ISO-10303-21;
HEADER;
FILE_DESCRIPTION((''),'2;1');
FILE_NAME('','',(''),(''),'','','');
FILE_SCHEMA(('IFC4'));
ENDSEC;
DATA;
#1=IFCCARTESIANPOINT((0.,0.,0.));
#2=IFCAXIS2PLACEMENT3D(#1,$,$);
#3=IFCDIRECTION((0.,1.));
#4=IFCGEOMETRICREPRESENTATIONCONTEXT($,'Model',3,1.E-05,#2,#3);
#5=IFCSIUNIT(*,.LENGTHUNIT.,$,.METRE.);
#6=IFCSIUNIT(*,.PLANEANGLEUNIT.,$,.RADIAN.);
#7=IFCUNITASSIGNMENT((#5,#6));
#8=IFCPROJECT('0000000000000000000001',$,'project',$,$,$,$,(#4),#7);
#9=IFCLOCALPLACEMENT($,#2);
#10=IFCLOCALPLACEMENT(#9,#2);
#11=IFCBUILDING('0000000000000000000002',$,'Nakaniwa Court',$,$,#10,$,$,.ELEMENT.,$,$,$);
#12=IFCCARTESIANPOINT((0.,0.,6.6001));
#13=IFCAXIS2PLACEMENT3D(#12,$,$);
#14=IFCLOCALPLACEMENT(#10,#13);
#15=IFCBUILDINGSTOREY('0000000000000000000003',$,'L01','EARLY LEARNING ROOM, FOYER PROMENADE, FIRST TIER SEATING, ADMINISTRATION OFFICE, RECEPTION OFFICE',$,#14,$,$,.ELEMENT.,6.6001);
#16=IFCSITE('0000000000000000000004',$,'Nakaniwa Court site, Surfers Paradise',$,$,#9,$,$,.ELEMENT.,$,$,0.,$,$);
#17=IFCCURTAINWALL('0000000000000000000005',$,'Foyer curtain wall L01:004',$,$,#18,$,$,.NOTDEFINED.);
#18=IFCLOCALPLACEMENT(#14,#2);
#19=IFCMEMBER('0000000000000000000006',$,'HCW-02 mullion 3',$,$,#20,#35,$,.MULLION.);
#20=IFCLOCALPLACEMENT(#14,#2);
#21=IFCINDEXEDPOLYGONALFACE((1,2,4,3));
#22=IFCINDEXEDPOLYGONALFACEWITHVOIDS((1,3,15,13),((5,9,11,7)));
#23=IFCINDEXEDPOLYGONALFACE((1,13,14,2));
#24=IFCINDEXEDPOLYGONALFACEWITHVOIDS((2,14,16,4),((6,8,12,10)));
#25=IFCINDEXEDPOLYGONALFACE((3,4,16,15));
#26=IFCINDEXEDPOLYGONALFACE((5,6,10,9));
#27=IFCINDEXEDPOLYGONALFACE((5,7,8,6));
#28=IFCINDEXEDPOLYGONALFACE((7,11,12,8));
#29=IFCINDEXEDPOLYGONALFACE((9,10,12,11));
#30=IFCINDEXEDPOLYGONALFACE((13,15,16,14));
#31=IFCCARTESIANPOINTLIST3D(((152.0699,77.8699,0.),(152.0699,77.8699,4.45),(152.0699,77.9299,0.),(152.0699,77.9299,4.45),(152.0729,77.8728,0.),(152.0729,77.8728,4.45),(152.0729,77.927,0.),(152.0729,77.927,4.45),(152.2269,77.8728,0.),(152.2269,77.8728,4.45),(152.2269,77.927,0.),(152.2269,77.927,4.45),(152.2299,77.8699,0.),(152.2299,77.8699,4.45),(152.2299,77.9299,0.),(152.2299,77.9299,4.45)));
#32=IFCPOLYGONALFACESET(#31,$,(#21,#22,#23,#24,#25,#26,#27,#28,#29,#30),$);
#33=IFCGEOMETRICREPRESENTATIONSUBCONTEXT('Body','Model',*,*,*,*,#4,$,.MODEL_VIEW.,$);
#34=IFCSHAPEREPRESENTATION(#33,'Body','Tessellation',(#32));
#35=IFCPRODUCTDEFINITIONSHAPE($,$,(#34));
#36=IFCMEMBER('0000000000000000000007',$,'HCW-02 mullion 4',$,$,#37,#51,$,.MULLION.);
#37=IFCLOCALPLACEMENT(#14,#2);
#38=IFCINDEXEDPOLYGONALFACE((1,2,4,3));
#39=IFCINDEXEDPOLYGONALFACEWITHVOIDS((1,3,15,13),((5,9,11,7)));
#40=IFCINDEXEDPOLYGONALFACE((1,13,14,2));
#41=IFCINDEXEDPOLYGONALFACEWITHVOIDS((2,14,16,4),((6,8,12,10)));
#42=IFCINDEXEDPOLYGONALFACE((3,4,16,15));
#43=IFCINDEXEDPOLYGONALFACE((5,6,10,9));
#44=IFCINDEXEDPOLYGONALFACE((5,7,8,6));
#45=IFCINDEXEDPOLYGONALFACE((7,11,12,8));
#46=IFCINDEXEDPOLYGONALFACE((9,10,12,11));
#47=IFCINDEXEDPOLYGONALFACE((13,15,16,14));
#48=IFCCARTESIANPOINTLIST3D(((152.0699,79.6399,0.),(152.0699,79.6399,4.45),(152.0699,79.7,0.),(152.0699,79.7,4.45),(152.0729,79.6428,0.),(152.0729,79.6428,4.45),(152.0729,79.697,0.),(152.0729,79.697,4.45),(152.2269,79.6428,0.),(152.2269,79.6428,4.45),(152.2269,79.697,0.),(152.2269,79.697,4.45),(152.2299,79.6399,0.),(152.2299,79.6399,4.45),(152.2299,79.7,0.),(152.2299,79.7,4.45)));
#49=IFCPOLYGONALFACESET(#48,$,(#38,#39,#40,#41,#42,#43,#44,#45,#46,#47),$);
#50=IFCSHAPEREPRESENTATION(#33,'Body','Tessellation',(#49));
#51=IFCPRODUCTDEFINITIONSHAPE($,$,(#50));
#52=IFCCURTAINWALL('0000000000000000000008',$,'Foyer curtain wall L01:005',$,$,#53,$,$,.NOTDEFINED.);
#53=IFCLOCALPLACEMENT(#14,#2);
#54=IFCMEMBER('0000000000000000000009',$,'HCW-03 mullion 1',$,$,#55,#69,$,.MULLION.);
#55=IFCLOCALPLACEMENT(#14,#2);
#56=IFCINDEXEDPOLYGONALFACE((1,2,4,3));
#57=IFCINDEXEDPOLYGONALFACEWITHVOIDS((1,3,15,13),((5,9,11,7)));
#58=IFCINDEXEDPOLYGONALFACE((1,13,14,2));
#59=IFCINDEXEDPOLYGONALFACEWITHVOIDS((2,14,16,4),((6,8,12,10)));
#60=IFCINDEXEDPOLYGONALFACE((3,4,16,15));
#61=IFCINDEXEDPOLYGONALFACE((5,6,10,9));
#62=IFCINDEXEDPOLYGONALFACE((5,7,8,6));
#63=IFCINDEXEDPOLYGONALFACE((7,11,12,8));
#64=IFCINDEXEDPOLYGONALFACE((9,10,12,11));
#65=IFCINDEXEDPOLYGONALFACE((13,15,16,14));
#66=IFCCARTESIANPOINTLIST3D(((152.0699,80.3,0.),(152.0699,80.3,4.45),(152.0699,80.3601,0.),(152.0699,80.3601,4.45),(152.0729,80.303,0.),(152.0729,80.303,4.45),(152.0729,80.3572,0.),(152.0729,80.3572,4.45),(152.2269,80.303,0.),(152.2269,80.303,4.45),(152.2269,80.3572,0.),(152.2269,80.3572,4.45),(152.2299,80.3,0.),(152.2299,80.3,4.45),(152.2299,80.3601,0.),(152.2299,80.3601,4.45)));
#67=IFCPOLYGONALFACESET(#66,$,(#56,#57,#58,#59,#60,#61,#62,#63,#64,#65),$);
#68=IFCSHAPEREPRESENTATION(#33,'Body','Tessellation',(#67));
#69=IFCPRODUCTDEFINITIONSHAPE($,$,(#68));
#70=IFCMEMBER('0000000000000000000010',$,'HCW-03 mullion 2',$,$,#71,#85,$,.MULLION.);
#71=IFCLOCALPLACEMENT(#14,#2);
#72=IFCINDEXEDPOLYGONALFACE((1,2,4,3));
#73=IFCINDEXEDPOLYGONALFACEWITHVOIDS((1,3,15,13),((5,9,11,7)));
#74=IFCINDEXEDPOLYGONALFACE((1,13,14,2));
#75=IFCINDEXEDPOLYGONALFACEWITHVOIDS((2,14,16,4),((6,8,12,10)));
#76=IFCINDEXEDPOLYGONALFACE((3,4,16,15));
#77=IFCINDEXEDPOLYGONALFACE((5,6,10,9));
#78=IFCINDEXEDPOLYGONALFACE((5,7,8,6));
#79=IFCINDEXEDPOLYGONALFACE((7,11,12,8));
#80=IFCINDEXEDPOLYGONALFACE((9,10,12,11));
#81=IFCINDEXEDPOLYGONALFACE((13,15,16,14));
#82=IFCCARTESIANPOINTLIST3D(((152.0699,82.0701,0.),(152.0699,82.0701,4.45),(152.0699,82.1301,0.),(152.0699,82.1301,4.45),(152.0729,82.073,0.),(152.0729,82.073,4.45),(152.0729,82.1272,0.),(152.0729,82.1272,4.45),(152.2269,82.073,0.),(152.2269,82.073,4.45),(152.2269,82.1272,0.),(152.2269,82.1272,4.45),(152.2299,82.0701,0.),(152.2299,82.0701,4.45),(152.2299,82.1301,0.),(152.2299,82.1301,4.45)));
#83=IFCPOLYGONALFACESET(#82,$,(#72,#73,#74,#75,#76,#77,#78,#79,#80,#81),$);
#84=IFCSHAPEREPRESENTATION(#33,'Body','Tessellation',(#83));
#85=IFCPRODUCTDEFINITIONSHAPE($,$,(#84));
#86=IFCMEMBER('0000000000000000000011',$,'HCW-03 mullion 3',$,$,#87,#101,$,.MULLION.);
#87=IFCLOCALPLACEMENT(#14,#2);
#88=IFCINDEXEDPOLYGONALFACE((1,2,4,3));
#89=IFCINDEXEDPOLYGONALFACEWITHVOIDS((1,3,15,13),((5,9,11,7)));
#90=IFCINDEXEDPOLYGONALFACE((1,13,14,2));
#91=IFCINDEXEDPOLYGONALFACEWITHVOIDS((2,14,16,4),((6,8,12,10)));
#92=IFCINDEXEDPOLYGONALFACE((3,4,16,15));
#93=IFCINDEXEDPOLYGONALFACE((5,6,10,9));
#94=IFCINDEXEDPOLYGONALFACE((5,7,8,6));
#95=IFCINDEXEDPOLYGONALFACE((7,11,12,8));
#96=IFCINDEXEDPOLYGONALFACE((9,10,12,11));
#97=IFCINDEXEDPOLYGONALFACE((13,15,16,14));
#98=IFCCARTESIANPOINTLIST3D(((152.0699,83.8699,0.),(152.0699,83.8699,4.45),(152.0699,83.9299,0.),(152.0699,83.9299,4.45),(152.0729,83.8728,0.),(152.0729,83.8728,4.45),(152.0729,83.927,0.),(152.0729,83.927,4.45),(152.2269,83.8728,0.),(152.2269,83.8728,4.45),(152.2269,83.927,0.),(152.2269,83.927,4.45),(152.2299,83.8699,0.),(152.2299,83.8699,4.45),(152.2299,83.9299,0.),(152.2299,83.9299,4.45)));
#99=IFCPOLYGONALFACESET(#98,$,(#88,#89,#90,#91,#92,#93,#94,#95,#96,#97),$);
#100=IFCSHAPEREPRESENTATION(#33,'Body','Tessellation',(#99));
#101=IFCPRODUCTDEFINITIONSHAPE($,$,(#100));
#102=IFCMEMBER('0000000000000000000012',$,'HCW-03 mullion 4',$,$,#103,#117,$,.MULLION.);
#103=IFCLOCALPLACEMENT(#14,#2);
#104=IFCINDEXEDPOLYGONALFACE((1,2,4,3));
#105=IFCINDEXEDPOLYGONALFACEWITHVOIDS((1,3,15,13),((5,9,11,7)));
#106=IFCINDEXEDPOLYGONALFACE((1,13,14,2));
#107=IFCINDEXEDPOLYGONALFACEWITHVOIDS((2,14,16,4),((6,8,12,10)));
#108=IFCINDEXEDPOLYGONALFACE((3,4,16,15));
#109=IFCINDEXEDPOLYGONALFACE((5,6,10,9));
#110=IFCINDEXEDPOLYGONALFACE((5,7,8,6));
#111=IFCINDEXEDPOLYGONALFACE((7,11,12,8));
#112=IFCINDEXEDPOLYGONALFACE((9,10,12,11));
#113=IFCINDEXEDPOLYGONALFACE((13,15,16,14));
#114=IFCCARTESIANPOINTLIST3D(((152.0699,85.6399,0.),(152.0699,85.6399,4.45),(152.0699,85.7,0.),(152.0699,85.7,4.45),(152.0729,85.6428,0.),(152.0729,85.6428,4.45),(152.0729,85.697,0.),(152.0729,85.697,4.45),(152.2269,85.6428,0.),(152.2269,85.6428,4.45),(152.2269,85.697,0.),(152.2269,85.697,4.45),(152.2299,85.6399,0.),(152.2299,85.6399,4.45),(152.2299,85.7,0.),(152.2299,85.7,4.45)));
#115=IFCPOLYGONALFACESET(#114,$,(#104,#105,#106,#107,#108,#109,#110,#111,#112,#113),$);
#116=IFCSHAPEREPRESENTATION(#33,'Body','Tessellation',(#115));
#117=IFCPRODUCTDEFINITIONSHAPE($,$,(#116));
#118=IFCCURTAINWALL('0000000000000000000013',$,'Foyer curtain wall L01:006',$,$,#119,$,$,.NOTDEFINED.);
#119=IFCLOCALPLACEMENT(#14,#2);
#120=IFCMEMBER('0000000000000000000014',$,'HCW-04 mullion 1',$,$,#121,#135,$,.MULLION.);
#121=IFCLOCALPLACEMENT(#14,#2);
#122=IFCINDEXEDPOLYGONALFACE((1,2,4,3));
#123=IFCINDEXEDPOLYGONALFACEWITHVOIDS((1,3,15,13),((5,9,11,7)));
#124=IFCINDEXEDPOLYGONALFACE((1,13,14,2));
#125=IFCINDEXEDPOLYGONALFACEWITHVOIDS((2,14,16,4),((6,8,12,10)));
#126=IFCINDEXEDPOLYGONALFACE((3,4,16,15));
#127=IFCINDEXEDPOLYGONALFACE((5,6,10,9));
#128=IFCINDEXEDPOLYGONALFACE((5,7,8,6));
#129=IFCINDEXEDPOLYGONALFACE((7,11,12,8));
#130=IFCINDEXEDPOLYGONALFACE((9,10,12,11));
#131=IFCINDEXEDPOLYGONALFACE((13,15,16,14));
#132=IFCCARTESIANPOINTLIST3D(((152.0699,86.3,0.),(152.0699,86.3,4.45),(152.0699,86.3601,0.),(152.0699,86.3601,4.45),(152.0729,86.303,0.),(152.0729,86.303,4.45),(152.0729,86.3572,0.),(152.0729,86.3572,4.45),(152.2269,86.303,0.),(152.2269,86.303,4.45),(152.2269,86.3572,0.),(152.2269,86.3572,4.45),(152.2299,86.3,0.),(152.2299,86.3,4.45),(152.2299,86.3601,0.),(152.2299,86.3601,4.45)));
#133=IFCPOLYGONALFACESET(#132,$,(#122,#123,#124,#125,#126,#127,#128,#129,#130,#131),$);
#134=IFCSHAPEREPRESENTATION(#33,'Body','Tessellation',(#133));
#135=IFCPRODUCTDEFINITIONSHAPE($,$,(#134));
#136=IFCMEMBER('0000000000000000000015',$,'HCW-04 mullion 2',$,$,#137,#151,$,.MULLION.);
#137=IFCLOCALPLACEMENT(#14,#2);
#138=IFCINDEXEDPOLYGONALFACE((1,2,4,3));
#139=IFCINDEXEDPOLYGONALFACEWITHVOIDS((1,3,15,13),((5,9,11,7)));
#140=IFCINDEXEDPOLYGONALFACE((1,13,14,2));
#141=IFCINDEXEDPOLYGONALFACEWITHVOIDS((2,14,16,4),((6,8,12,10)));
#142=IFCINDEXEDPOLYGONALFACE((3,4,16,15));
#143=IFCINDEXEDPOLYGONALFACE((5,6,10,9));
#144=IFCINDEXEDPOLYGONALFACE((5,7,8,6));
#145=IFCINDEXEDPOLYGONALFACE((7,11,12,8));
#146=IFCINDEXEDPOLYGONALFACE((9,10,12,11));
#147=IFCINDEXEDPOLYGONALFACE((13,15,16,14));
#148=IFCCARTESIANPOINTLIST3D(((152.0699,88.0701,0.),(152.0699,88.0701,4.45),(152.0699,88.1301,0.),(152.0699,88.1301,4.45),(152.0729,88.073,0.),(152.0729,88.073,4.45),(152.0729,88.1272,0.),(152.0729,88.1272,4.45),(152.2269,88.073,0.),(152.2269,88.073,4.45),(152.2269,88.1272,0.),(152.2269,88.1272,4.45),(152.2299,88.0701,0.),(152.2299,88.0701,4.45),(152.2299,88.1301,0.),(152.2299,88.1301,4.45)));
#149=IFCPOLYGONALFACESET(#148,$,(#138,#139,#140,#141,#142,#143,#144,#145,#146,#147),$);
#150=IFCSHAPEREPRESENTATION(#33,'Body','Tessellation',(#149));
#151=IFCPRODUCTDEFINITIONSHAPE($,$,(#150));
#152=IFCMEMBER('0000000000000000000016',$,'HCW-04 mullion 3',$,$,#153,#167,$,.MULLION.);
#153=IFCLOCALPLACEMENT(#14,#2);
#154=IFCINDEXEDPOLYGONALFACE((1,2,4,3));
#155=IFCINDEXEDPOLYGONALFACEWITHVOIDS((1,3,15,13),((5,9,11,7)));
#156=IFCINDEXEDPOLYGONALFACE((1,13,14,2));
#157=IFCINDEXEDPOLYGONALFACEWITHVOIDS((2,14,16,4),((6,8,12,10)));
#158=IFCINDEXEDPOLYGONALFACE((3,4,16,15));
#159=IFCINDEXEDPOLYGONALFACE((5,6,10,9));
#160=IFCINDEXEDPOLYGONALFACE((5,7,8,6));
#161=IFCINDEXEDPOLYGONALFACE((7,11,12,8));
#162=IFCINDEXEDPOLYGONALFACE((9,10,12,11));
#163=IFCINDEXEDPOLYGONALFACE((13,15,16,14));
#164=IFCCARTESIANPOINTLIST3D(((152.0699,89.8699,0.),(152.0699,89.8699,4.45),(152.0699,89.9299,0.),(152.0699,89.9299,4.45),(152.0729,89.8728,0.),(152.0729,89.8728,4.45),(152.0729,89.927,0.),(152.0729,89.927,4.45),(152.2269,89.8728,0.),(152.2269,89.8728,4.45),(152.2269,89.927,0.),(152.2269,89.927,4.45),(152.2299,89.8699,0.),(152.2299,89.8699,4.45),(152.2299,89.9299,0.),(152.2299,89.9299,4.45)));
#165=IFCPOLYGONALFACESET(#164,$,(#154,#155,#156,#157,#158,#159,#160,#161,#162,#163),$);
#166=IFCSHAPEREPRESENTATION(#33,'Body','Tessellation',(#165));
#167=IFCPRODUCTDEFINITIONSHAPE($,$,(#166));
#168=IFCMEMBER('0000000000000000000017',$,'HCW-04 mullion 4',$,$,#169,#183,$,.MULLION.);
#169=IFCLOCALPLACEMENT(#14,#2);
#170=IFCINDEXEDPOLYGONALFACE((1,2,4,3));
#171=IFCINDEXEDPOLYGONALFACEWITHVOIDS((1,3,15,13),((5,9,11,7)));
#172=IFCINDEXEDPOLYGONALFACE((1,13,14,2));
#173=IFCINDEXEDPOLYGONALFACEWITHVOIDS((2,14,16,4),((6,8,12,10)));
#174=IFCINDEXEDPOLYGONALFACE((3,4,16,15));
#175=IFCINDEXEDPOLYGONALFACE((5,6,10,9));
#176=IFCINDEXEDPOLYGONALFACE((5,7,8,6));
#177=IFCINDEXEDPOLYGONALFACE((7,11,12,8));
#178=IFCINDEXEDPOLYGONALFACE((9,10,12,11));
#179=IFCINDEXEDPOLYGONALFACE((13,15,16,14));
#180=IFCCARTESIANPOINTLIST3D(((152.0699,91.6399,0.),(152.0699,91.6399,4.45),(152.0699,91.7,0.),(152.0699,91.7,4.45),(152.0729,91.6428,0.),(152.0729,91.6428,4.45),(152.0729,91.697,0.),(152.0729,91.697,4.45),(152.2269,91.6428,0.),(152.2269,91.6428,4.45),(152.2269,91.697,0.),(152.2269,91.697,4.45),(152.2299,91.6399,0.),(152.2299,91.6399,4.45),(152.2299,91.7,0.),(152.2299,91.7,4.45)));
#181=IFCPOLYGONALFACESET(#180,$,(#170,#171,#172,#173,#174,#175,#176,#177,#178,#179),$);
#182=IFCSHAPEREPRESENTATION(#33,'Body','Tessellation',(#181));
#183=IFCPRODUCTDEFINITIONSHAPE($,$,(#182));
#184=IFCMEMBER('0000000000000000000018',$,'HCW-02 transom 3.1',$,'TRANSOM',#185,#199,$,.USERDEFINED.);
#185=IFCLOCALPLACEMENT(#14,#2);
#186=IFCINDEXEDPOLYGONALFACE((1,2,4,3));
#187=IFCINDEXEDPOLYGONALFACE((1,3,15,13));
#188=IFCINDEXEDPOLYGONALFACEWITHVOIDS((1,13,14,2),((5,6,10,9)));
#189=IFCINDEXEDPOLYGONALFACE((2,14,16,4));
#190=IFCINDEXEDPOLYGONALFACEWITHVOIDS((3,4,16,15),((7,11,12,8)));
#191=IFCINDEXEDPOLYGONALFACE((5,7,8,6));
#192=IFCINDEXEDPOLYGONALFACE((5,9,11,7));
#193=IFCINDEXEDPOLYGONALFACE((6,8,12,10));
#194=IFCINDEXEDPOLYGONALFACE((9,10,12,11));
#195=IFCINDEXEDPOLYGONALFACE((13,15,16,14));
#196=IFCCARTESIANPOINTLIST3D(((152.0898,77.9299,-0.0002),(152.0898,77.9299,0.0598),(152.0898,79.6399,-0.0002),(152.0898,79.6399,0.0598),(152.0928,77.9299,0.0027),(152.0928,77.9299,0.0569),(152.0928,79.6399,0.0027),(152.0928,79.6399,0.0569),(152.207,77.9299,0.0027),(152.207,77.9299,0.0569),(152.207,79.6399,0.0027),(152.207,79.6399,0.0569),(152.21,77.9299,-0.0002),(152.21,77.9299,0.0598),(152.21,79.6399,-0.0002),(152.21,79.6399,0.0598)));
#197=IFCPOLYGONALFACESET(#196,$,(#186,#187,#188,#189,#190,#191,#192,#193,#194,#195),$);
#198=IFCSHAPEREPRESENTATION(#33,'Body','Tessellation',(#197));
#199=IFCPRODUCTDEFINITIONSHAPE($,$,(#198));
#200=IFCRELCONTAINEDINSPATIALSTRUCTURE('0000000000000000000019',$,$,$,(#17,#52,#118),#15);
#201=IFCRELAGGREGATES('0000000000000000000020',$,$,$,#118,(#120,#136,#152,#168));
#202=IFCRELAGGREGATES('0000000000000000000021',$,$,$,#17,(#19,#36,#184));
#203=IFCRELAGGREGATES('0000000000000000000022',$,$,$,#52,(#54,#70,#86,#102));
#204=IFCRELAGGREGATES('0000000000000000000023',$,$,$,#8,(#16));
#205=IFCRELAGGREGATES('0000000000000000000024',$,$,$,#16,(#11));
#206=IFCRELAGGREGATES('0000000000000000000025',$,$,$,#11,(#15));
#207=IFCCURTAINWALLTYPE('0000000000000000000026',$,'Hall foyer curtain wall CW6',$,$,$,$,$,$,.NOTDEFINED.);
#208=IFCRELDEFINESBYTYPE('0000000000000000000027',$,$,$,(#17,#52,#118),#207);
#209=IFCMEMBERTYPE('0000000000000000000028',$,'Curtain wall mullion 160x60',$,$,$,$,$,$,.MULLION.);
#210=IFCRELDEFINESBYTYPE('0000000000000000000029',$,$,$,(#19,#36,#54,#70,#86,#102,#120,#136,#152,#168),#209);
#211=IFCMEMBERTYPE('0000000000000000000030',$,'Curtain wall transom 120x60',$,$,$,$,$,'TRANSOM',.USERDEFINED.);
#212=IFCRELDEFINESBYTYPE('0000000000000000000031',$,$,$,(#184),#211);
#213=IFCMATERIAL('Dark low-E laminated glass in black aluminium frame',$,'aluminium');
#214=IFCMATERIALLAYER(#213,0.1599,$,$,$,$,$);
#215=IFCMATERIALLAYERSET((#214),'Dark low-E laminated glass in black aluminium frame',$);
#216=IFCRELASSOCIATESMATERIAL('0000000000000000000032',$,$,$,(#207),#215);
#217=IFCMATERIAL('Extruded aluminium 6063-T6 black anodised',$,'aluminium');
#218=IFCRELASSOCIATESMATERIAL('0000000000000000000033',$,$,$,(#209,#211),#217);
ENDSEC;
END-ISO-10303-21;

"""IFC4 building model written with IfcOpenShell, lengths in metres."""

from ifc_helpers import new_model, si_unit, direction, frame, origin, origin_2d, place, context, subcontext, project, spatial, hollow_rectangle, extrude, material, layer, layer_set, material_profile, profile_set, type_object, element, aggregate, save


model = new_model("IFC4")

# Units and contexts
model_context = context("Model", 3, precision=1e-05, world=origin(), true_north=direction((0.0, 1.0)))
body_context = subcontext(model_context, "Body", "Model", "MODEL_VIEW")
ifc_project = project(units=[si_unit("LENGTHUNIT", "METRE"), si_unit("PLANEANGLEUNIT", "RADIAN")], contexts=[model_context])

# Site, building, storey
site_placement = place(None, origin())
site = spatial("IfcSite", under=ifc_project, at=site_placement, Name="Nakaniwa Court site, Surfers Paradise", CompositionType="ELEMENT", RefElevation=0.0)
building_placement = place(site_placement, origin())
building = spatial("IfcBuilding", under=site, at=building_placement, Name="Nakaniwa Court", CompositionType="ELEMENT")
storey_placement = place(building_placement, frame((0.0, 0.0, 6.6001)))
storey = spatial("IfcBuildingStorey", under=building, at=storey_placement, Name="L01", Description="EARLY LEARNING ROOM, FOYER PROMENADE, FIRST TIER SEATING, ADMINISTRATION OFFICE, RECEPTION OFFICE", CompositionType="ELEMENT", Elevation=6.6001)

# Curtain walls, members
ifc_material_1 = material(Name="Dark low-E laminated glass in black aluminium frame", Category="aluminium")
ifc_layer_1 = layer(ifc_material_1, 0.1599)
ifc_layer_set_1 = layer_set([ifc_layer_1], Name="Dark low-E laminated glass in black aluminium frame")
curtain_wall_type = type_object("IfcCurtainWallType", Name="Hall foyer curtain wall CW6", PredefinedType="NOTDEFINED", material=ifc_layer_set_1)
curtain_wall_1_placement = place(storey_placement, origin())
curtain_wall_1 = element("IfcCurtainWall", 1, at=curtain_wall_1_placement, inside=storey, type_object=curtain_wall_type, Name="Foyer curtain wall L01:004", PredefinedType="NOTDEFINED")
ifc_material_2 = material(Name="Extruded aluminium 6063-T6 black anodised", Category="aluminium")
ifc_material_profile_1 = material_profile(ifc_material_2, hollow_rectangle(XDim=0.1599, YDim=0.0601, WallThickness=0.0029, at=origin_2d()), Name="CW mullion 160x60")
ifc_profile_set_1 = profile_set([ifc_material_profile_1], Name="Extruded aluminium 6063-T6 black anodised")
member_type_1 = type_object("IfcMemberType", Name="Curtain wall mullion 160x60", PredefinedType="MULLION", material=ifc_profile_set_1)
member_1_placement = place(storey_placement, frame((152.1499, 77.8999, 0.0), z_axis=(0.0, 0.0, 1.0), x_axis=(-1.0, 0.0, 0.0)))
member_1 = element("IfcMember", 2, at=member_1_placement, type_object=member_type_1, Name="HCW-02 mullion 3", PredefinedType="MULLION", context=body_context, shape_type="SweptSolid", body=[
    extrude(hollow_rectangle(XDim=0.1599, YDim=0.0601, WallThickness=0.0029, at=origin_2d()), origin(), (0.0, 0.0, 1.0), 4.45),
])
member_2_placement = place(storey_placement, frame((152.1499, 79.6699, 0.0), z_axis=(0.0, 0.0, 1.0), x_axis=(-1.0, 0.0, 0.0)))
member_2 = element("IfcMember", 3, at=member_2_placement, type_object=member_type_1, Name="HCW-02 mullion 4", PredefinedType="MULLION", context=body_context, shape_type="SweptSolid", body=[
    extrude(hollow_rectangle(XDim=0.1599, YDim=0.0601, WallThickness=0.0029, at=origin_2d()), origin(), (0.0, 0.0, 1.0), 4.45),
])
curtain_wall_2_placement = place(storey_placement, origin())
curtain_wall_2 = element("IfcCurtainWall", 4, at=curtain_wall_2_placement, inside=storey, type_object=curtain_wall_type, Name="Foyer curtain wall L01:005", PredefinedType="NOTDEFINED")
member_3_placement = place(storey_placement, frame((152.1499, 80.3301, 0.0), z_axis=(0.0, 0.0, 1.0), x_axis=(-1.0, 0.0, 0.0)))
member_3 = element("IfcMember", 5, at=member_3_placement, type_object=member_type_1, Name="HCW-03 mullion 1", PredefinedType="MULLION", context=body_context, shape_type="SweptSolid", body=[
    extrude(hollow_rectangle(XDim=0.1599, YDim=0.0601, WallThickness=0.0029, at=origin_2d()), origin(), (0.0, 0.0, 1.0), 4.45),
])
member_4_placement = place(storey_placement, frame((152.1499, 82.1001, 0.0), z_axis=(0.0, 0.0, 1.0), x_axis=(-1.0, 0.0, 0.0)))
member_4 = element("IfcMember", 6, at=member_4_placement, type_object=member_type_1, Name="HCW-03 mullion 2", PredefinedType="MULLION", context=body_context, shape_type="SweptSolid", body=[
    extrude(hollow_rectangle(XDim=0.1599, YDim=0.0601, WallThickness=0.0029, at=origin_2d()), origin(), (0.0, 0.0, 1.0), 4.45),
])
member_5_placement = place(storey_placement, frame((152.1499, 83.8999, 0.0), z_axis=(0.0, 0.0, 1.0), x_axis=(-1.0, 0.0, 0.0)))
member_5 = element("IfcMember", 7, at=member_5_placement, type_object=member_type_1, Name="HCW-03 mullion 3", PredefinedType="MULLION", context=body_context, shape_type="SweptSolid", body=[
    extrude(hollow_rectangle(XDim=0.1599, YDim=0.0601, WallThickness=0.0029, at=origin_2d()), origin(), (0.0, 0.0, 1.0), 4.45),
])
member_6_placement = place(storey_placement, frame((152.1499, 85.6699, 0.0), z_axis=(0.0, 0.0, 1.0), x_axis=(-1.0, 0.0, 0.0)))
member_6 = element("IfcMember", 8, at=member_6_placement, type_object=member_type_1, Name="HCW-03 mullion 4", PredefinedType="MULLION", context=body_context, shape_type="SweptSolid", body=[
    extrude(hollow_rectangle(XDim=0.1599, YDim=0.0601, WallThickness=0.0029, at=origin_2d()), origin(), (0.0, 0.0, 1.0), 4.45),
])
curtain_wall_3_placement = place(storey_placement, origin())
curtain_wall_3 = element("IfcCurtainWall", 9, at=curtain_wall_3_placement, inside=storey, type_object=curtain_wall_type, Name="Foyer curtain wall L01:006", PredefinedType="NOTDEFINED")
member_7_placement = place(storey_placement, frame((152.1499, 86.3301, 0.0), z_axis=(0.0, 0.0, 1.0), x_axis=(-1.0, 0.0, 0.0)))
member_7 = element("IfcMember", 10, at=member_7_placement, type_object=member_type_1, Name="HCW-04 mullion 1", PredefinedType="MULLION", context=body_context, shape_type="SweptSolid", body=[
    extrude(hollow_rectangle(XDim=0.1599, YDim=0.0601, WallThickness=0.0029, at=origin_2d()), origin(), (0.0, 0.0, 1.0), 4.45),
])
member_8_placement = place(storey_placement, frame((152.1499, 88.1001, 0.0), z_axis=(0.0, 0.0, 1.0), x_axis=(-1.0, 0.0, 0.0)))
member_8 = element("IfcMember", 11, at=member_8_placement, type_object=member_type_1, Name="HCW-04 mullion 2", PredefinedType="MULLION", context=body_context, shape_type="SweptSolid", body=[
    extrude(hollow_rectangle(XDim=0.1599, YDim=0.0601, WallThickness=0.0029, at=origin_2d()), origin(), (0.0, 0.0, 1.0), 4.45),
])
member_9_placement = place(storey_placement, frame((152.1499, 89.8999, 0.0), z_axis=(0.0, 0.0, 1.0), x_axis=(-1.0, 0.0, 0.0)))
member_9 = element("IfcMember", 12, at=member_9_placement, type_object=member_type_1, Name="HCW-04 mullion 3", PredefinedType="MULLION", context=body_context, shape_type="SweptSolid", body=[
    extrude(hollow_rectangle(XDim=0.1599, YDim=0.0601, WallThickness=0.0029, at=origin_2d()), origin(), (0.0, 0.0, 1.0), 4.45),
])
member_10_placement = place(storey_placement, frame((152.1499, 91.6699, 0.0), z_axis=(0.0, 0.0, 1.0), x_axis=(-1.0, 0.0, 0.0)))
member_10 = element("IfcMember", 13, at=member_10_placement, type_object=member_type_1, Name="HCW-04 mullion 4", PredefinedType="MULLION", context=body_context, shape_type="SweptSolid", body=[
    extrude(hollow_rectangle(XDim=0.1599, YDim=0.0601, WallThickness=0.0029, at=origin_2d()), origin(), (0.0, 0.0, 1.0), 4.45),
])
aggregate(curtain_wall_3, [member_7, member_8, member_9, member_10])

# Member
ifc_material_profile_2 = material_profile(ifc_material_2, hollow_rectangle(XDim=0.1201, YDim=0.0601, WallThickness=0.0029, at=origin_2d()), Name="CW transom 120x60")
ifc_profile_set_2 = profile_set([ifc_material_profile_2], Name="Extruded aluminium 6063-T6 black anodised")
member_type_2 = type_object("IfcMemberType", Name="Curtain wall transom 120x60", ElementType="TRANSOM", PredefinedType="USERDEFINED", material=ifc_profile_set_2)
member_11_placement = place(storey_placement, frame((152.1499, 77.9299, 0.0298), z_axis=(0.0, 1.0, 0.0), x_axis=(-1.0, 0.0, 0.0)))
member_11 = element("IfcMember", 14, at=member_11_placement, type_object=member_type_2, Name="HCW-02 transom 3.1", ObjectType="TRANSOM", PredefinedType="USERDEFINED", context=body_context, shape_type="SweptSolid", body=[
    extrude(hollow_rectangle(XDim=0.1201, YDim=0.0601, WallThickness=0.0029, at=origin_2d()), origin(), (0.0, 0.0, 1.0), 1.71),
])

aggregate(curtain_wall_1, [member_1, member_2, member_11])
aggregate(curtain_wall_2, [member_3, member_4, member_5, member_6])

save(model, "model.ifc")
